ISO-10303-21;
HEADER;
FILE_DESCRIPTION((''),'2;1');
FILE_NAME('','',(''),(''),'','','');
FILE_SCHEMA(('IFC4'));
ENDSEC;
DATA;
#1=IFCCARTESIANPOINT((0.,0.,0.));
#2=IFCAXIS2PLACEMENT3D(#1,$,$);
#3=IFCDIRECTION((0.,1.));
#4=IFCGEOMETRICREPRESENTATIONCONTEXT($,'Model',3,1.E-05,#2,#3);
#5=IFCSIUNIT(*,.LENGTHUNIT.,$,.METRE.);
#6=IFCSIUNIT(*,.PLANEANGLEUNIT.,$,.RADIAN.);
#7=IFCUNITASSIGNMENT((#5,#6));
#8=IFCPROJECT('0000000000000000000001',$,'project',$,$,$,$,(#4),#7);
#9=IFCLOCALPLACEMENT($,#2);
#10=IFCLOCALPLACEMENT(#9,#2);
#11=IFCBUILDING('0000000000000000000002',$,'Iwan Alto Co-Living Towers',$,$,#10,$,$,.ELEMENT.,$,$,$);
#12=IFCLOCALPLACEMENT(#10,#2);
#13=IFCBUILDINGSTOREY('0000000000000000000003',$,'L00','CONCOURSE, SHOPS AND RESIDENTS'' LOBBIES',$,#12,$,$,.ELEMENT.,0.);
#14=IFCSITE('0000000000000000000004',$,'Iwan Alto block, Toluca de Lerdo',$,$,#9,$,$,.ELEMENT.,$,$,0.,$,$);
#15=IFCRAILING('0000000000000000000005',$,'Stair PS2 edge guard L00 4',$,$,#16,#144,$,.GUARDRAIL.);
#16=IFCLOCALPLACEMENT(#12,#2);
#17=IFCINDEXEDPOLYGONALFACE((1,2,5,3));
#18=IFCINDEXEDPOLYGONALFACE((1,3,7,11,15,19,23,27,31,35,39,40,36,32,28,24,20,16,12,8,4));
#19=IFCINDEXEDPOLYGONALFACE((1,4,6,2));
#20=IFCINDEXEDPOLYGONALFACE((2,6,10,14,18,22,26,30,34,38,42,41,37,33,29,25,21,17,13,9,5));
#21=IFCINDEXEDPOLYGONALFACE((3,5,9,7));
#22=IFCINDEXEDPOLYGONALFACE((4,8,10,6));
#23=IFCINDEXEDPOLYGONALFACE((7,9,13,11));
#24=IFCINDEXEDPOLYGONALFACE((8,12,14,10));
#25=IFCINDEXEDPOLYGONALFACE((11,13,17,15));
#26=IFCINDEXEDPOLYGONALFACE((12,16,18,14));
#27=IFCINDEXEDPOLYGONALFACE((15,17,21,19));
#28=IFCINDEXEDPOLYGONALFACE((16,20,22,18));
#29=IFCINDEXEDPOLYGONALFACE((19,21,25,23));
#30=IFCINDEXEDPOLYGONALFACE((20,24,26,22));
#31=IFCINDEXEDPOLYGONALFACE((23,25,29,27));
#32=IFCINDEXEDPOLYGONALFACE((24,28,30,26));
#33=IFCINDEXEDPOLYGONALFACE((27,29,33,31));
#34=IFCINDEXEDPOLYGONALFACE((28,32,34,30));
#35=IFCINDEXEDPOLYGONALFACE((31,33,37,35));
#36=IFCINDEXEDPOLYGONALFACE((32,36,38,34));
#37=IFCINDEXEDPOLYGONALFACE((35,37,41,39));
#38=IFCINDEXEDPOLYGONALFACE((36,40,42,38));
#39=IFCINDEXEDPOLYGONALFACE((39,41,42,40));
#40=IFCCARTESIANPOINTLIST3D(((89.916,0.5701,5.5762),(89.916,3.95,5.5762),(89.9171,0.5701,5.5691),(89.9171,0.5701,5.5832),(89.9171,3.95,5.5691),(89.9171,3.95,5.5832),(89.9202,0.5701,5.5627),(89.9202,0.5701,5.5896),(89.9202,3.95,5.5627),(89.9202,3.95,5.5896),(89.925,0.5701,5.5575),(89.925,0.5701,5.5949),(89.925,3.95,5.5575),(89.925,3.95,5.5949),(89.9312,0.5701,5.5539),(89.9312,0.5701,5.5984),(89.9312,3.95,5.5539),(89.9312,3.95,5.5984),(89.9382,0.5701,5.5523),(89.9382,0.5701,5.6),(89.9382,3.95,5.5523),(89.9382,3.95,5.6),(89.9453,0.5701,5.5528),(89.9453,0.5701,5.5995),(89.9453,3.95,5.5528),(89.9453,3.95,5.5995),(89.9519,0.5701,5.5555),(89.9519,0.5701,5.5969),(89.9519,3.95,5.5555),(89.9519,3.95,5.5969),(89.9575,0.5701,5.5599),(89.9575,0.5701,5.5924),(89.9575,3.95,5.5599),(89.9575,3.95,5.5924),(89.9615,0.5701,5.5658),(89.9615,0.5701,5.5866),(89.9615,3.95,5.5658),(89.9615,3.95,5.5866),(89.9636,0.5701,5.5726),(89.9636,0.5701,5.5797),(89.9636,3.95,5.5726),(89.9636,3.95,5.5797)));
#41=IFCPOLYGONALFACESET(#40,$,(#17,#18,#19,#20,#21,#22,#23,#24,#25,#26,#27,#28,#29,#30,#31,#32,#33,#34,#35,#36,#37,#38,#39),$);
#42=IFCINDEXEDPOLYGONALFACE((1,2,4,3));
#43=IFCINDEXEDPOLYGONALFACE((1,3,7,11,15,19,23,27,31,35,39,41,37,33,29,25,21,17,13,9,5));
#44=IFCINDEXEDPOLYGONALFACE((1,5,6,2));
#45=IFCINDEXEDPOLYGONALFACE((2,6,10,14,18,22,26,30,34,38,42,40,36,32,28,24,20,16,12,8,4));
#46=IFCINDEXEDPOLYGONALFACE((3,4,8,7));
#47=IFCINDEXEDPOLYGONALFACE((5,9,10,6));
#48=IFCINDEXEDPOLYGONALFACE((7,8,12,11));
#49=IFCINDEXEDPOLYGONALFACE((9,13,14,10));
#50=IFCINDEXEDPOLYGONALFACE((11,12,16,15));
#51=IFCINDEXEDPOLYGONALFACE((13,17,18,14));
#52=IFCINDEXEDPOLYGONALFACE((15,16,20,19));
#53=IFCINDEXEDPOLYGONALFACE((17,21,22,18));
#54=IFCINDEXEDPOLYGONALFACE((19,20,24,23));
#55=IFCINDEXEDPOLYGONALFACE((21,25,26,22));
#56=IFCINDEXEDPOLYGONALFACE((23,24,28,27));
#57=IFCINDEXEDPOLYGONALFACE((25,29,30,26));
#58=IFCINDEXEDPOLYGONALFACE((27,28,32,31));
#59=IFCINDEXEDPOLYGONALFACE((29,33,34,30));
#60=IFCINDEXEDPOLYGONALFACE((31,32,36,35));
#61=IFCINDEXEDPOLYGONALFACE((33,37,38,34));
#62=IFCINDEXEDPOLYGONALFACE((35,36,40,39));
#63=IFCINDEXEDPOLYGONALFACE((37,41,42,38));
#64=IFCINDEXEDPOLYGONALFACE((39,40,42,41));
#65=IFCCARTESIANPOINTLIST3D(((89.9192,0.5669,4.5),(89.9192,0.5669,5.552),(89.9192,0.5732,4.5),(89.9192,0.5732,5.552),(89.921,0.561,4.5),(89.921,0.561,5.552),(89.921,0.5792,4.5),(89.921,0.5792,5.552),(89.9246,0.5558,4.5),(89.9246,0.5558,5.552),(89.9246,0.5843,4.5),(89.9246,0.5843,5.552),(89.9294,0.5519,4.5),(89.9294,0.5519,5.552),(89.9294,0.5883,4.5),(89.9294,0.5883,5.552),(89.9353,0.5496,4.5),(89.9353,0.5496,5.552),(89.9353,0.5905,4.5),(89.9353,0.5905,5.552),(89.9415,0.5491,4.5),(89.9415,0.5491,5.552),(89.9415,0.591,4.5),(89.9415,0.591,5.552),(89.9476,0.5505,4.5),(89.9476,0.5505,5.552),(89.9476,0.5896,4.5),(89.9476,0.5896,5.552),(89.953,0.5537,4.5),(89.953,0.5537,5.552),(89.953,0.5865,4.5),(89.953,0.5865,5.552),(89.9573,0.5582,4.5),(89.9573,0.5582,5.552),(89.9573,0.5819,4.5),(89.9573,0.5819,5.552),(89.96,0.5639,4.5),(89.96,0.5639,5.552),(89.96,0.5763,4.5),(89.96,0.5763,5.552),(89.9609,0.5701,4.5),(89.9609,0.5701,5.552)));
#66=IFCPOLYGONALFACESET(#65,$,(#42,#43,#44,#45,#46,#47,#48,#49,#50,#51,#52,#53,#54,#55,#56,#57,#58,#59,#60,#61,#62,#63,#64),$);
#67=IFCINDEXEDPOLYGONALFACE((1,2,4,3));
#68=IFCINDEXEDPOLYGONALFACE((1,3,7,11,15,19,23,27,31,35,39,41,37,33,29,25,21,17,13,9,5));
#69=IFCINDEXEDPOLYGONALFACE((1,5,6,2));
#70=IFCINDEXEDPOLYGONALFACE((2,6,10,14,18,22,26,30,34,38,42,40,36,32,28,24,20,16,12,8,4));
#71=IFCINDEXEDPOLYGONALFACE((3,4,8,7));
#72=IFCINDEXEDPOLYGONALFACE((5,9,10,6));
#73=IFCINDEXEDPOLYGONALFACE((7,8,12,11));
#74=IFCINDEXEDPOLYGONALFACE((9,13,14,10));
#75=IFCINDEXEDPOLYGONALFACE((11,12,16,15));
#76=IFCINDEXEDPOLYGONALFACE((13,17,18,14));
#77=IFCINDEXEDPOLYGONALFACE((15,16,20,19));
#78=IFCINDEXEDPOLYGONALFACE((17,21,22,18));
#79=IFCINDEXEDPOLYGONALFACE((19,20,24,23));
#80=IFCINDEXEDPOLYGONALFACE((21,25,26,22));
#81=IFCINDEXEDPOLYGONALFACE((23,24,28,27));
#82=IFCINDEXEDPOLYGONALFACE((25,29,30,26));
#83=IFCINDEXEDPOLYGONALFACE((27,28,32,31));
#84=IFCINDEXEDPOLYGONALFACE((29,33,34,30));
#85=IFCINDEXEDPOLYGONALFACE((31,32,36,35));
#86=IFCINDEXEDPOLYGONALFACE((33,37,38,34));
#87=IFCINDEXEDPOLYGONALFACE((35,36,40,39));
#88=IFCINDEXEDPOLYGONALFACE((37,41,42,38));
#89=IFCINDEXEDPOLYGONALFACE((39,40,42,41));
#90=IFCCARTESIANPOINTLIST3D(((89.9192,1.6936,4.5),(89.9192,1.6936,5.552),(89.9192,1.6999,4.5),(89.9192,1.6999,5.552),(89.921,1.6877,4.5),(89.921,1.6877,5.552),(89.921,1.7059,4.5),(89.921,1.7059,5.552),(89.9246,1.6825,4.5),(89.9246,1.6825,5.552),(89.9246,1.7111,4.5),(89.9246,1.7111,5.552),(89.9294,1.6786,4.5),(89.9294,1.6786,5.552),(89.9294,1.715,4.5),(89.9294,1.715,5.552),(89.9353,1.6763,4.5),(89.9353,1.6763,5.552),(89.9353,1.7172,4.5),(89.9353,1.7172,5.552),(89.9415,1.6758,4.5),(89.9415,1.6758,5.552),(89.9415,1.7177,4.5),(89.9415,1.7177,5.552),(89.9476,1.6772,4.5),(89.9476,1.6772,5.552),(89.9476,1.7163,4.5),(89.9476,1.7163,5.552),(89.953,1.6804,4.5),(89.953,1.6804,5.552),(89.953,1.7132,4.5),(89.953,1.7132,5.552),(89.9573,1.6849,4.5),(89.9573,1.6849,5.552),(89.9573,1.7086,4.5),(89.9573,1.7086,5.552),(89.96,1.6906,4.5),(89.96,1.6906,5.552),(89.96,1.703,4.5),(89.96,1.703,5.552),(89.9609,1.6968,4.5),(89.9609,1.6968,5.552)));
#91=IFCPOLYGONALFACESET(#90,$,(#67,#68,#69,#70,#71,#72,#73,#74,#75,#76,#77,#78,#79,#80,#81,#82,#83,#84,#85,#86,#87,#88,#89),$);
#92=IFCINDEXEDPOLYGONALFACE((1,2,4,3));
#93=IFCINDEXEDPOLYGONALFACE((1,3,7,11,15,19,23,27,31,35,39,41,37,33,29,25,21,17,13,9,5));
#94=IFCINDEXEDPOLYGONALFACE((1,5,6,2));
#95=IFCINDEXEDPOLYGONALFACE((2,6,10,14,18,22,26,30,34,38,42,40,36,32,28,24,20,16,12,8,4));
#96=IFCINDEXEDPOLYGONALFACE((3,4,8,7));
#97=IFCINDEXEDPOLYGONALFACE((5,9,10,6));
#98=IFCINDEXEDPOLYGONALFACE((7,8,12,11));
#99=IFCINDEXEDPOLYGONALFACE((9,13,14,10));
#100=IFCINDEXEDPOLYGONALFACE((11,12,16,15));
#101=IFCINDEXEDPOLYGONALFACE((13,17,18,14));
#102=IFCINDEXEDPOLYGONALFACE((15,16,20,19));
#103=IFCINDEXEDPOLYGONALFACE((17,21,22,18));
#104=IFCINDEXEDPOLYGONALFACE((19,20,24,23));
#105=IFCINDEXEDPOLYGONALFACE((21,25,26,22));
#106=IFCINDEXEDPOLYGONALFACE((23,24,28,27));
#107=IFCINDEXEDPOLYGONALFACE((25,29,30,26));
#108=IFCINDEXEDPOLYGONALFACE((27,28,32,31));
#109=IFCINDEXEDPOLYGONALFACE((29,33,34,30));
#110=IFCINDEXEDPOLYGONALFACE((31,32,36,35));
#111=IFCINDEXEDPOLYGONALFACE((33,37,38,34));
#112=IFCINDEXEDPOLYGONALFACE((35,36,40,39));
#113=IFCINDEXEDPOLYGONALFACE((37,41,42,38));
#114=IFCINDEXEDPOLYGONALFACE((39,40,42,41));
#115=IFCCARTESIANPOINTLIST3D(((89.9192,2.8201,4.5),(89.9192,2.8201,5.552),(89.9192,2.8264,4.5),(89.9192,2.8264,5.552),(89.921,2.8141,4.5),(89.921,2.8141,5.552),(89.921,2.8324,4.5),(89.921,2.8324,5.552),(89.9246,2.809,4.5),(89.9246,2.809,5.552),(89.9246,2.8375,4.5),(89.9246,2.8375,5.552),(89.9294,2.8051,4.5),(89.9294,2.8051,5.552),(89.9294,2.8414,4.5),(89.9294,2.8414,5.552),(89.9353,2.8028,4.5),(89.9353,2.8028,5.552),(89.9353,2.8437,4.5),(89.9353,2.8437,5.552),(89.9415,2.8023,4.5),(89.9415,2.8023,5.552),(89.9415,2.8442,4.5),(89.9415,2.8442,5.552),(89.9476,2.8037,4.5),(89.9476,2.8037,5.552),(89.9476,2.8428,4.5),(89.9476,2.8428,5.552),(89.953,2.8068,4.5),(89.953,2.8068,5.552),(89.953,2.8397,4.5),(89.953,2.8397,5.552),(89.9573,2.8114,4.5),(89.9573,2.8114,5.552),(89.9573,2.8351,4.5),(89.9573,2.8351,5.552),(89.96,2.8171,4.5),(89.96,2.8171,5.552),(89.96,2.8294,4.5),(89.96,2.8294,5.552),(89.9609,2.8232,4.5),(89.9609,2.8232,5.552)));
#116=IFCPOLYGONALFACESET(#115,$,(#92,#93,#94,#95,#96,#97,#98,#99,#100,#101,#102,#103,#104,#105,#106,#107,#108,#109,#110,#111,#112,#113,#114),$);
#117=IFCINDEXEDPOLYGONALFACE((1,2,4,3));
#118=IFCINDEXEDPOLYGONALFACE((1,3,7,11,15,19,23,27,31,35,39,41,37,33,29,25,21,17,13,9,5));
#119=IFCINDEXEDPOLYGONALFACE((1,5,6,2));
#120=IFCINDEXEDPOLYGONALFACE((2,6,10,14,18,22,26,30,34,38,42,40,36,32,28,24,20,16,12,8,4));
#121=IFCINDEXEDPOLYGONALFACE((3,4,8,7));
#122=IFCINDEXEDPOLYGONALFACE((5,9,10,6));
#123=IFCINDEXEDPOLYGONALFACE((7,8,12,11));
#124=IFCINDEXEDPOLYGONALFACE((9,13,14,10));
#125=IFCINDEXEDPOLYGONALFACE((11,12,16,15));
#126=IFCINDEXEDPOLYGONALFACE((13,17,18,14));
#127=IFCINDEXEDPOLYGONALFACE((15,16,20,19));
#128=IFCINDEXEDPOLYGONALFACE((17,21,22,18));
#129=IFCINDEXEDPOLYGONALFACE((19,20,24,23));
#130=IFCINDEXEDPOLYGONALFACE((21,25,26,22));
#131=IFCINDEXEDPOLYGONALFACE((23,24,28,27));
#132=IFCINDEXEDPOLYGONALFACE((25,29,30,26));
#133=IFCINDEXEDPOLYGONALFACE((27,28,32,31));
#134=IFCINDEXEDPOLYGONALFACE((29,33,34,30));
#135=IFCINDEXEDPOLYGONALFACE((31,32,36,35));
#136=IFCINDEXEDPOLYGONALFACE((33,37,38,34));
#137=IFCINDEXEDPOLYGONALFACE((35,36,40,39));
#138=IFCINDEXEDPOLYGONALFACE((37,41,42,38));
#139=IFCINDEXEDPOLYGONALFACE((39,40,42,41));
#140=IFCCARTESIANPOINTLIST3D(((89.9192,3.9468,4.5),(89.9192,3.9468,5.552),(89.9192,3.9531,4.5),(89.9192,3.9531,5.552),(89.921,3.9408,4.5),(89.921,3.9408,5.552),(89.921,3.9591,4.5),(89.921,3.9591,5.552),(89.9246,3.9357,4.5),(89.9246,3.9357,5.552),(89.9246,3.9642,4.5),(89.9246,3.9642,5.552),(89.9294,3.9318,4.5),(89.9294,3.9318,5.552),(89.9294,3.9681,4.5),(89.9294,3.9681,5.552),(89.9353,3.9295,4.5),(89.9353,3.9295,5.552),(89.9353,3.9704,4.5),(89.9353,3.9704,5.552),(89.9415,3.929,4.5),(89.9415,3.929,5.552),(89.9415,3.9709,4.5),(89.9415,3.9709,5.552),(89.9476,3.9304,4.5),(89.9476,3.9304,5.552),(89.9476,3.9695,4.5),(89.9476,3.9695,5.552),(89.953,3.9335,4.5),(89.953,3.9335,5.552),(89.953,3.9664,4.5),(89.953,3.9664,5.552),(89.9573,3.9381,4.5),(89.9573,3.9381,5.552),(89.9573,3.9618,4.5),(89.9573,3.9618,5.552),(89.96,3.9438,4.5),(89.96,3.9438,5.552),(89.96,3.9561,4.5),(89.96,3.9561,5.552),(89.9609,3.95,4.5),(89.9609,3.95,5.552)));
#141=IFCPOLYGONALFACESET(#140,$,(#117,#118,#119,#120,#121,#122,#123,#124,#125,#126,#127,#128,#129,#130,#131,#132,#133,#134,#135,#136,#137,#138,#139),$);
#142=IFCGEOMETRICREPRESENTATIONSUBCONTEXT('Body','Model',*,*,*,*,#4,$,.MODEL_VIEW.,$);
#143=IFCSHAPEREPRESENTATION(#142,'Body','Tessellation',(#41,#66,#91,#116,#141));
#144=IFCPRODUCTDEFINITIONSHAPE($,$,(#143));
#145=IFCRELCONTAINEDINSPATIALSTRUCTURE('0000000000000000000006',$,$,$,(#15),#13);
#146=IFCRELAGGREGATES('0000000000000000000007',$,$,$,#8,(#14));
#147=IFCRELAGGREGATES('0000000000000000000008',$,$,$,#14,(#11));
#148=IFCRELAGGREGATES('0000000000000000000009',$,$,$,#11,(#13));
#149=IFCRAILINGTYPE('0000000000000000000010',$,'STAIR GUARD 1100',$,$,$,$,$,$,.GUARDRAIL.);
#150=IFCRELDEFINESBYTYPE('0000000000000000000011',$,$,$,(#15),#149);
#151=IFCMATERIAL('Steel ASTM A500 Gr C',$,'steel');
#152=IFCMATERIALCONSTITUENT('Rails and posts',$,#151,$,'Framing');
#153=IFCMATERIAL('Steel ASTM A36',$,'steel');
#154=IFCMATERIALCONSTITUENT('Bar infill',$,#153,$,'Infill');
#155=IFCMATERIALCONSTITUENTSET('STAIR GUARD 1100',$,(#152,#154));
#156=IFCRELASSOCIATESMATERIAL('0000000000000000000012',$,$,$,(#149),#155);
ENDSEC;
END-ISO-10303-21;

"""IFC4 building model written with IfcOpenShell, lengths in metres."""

from ifc_helpers import new_model, si_unit, direction, frame, origin, origin_2d, place, context, subcontext, project, spatial, circle, extrude, material, constituent, constituent_set, type_object, element, save


model = new_model("IFC4")

# Units and contexts
model_context = context("Model", 3, precision=1e-05, world=origin(), true_north=direction((0.0, 1.0)))
body_context = subcontext(model_context, "Body", "Model", "MODEL_VIEW")
ifc_project = project(units=[si_unit("LENGTHUNIT", "METRE"), si_unit("PLANEANGLEUNIT", "RADIAN")], contexts=[model_context])

# Site, building, storey
site_placement = place(None, origin())
site = spatial("IfcSite", under=ifc_project, at=site_placement, Name="Iwan Alto block, Toluca de Lerdo", CompositionType="ELEMENT", RefElevation=0.0)
building_placement = place(site_placement, origin())
building = spatial("IfcBuilding", under=site, at=building_placement, Name="Iwan Alto Co-Living Towers", CompositionType="ELEMENT")
storey_placement = place(building_placement, origin())
storey = spatial("IfcBuildingStorey", under=building, at=storey_placement, Name="L00", Description="CONCOURSE, SHOPS AND RESIDENTS' LOBBIES", CompositionType="ELEMENT", Elevation=0.0)

# Shared definitions
ifc_material_1 = material(Name="Steel ASTM A36", Category="steel")

# Railing
ifc_material_2 = material(Name="Steel ASTM A500 Gr C", Category="steel")
ifc_constituent_1 = constituent(ifc_material_2, Name="Rails and posts", Category="Framing")
ifc_constituent_2 = constituent(ifc_material_1, Name="Bar infill", Category="Infill")
ifc_constituent_set_1 = constituent_set(constituents=[ifc_constituent_1, ifc_constituent_2], Name="STAIR GUARD 1100")
railing_type_1 = type_object("IfcRailingType", Name="STAIR GUARD 1100", PredefinedType="GUARDRAIL", material=ifc_constituent_set_1)
for number, where, name in (
    (1, (89.9399, 0.5701, 4.5), "Stair PS2 edge guard L00 4"),
):
    element("IfcRailing", number, at=place(storey_placement, frame(where)), inside=storey, type_object=railing_type_1, Name=name, PredefinedType="GUARDRAIL", context=body_context, shape_type="SweptSolid", body=[
        extrude(circle(Radius=0.0239, at=origin_2d()), frame((0.0, 0.0, 1.0762), z_axis=(0.0, 1.0, 0.0), x_axis=(-1.0, 0.0, 0.0)), (0.0, 0.0, 1.0), 3.3799),
        extrude(circle(Radius=0.021, at=origin_2d()), origin(), (0.0, 0.0, 1.0), 1.052),
        extrude(circle(Radius=0.021, at=origin_2d()), frame((0.0, 1.1267, 0.0)), (0.0, 0.0, 1.0), 1.052),
        extrude(circle(Radius=0.021, at=origin_2d()), frame((0.0, 2.2532, 0.0)), (0.0, 0.0, 1.0), 1.052),
        extrude(circle(Radius=0.021, at=origin_2d()), frame((0.0, 3.3799, 0.0)), (0.0, 0.0, 1.0), 1.052),
    ])

save(model, "model.ifc")
